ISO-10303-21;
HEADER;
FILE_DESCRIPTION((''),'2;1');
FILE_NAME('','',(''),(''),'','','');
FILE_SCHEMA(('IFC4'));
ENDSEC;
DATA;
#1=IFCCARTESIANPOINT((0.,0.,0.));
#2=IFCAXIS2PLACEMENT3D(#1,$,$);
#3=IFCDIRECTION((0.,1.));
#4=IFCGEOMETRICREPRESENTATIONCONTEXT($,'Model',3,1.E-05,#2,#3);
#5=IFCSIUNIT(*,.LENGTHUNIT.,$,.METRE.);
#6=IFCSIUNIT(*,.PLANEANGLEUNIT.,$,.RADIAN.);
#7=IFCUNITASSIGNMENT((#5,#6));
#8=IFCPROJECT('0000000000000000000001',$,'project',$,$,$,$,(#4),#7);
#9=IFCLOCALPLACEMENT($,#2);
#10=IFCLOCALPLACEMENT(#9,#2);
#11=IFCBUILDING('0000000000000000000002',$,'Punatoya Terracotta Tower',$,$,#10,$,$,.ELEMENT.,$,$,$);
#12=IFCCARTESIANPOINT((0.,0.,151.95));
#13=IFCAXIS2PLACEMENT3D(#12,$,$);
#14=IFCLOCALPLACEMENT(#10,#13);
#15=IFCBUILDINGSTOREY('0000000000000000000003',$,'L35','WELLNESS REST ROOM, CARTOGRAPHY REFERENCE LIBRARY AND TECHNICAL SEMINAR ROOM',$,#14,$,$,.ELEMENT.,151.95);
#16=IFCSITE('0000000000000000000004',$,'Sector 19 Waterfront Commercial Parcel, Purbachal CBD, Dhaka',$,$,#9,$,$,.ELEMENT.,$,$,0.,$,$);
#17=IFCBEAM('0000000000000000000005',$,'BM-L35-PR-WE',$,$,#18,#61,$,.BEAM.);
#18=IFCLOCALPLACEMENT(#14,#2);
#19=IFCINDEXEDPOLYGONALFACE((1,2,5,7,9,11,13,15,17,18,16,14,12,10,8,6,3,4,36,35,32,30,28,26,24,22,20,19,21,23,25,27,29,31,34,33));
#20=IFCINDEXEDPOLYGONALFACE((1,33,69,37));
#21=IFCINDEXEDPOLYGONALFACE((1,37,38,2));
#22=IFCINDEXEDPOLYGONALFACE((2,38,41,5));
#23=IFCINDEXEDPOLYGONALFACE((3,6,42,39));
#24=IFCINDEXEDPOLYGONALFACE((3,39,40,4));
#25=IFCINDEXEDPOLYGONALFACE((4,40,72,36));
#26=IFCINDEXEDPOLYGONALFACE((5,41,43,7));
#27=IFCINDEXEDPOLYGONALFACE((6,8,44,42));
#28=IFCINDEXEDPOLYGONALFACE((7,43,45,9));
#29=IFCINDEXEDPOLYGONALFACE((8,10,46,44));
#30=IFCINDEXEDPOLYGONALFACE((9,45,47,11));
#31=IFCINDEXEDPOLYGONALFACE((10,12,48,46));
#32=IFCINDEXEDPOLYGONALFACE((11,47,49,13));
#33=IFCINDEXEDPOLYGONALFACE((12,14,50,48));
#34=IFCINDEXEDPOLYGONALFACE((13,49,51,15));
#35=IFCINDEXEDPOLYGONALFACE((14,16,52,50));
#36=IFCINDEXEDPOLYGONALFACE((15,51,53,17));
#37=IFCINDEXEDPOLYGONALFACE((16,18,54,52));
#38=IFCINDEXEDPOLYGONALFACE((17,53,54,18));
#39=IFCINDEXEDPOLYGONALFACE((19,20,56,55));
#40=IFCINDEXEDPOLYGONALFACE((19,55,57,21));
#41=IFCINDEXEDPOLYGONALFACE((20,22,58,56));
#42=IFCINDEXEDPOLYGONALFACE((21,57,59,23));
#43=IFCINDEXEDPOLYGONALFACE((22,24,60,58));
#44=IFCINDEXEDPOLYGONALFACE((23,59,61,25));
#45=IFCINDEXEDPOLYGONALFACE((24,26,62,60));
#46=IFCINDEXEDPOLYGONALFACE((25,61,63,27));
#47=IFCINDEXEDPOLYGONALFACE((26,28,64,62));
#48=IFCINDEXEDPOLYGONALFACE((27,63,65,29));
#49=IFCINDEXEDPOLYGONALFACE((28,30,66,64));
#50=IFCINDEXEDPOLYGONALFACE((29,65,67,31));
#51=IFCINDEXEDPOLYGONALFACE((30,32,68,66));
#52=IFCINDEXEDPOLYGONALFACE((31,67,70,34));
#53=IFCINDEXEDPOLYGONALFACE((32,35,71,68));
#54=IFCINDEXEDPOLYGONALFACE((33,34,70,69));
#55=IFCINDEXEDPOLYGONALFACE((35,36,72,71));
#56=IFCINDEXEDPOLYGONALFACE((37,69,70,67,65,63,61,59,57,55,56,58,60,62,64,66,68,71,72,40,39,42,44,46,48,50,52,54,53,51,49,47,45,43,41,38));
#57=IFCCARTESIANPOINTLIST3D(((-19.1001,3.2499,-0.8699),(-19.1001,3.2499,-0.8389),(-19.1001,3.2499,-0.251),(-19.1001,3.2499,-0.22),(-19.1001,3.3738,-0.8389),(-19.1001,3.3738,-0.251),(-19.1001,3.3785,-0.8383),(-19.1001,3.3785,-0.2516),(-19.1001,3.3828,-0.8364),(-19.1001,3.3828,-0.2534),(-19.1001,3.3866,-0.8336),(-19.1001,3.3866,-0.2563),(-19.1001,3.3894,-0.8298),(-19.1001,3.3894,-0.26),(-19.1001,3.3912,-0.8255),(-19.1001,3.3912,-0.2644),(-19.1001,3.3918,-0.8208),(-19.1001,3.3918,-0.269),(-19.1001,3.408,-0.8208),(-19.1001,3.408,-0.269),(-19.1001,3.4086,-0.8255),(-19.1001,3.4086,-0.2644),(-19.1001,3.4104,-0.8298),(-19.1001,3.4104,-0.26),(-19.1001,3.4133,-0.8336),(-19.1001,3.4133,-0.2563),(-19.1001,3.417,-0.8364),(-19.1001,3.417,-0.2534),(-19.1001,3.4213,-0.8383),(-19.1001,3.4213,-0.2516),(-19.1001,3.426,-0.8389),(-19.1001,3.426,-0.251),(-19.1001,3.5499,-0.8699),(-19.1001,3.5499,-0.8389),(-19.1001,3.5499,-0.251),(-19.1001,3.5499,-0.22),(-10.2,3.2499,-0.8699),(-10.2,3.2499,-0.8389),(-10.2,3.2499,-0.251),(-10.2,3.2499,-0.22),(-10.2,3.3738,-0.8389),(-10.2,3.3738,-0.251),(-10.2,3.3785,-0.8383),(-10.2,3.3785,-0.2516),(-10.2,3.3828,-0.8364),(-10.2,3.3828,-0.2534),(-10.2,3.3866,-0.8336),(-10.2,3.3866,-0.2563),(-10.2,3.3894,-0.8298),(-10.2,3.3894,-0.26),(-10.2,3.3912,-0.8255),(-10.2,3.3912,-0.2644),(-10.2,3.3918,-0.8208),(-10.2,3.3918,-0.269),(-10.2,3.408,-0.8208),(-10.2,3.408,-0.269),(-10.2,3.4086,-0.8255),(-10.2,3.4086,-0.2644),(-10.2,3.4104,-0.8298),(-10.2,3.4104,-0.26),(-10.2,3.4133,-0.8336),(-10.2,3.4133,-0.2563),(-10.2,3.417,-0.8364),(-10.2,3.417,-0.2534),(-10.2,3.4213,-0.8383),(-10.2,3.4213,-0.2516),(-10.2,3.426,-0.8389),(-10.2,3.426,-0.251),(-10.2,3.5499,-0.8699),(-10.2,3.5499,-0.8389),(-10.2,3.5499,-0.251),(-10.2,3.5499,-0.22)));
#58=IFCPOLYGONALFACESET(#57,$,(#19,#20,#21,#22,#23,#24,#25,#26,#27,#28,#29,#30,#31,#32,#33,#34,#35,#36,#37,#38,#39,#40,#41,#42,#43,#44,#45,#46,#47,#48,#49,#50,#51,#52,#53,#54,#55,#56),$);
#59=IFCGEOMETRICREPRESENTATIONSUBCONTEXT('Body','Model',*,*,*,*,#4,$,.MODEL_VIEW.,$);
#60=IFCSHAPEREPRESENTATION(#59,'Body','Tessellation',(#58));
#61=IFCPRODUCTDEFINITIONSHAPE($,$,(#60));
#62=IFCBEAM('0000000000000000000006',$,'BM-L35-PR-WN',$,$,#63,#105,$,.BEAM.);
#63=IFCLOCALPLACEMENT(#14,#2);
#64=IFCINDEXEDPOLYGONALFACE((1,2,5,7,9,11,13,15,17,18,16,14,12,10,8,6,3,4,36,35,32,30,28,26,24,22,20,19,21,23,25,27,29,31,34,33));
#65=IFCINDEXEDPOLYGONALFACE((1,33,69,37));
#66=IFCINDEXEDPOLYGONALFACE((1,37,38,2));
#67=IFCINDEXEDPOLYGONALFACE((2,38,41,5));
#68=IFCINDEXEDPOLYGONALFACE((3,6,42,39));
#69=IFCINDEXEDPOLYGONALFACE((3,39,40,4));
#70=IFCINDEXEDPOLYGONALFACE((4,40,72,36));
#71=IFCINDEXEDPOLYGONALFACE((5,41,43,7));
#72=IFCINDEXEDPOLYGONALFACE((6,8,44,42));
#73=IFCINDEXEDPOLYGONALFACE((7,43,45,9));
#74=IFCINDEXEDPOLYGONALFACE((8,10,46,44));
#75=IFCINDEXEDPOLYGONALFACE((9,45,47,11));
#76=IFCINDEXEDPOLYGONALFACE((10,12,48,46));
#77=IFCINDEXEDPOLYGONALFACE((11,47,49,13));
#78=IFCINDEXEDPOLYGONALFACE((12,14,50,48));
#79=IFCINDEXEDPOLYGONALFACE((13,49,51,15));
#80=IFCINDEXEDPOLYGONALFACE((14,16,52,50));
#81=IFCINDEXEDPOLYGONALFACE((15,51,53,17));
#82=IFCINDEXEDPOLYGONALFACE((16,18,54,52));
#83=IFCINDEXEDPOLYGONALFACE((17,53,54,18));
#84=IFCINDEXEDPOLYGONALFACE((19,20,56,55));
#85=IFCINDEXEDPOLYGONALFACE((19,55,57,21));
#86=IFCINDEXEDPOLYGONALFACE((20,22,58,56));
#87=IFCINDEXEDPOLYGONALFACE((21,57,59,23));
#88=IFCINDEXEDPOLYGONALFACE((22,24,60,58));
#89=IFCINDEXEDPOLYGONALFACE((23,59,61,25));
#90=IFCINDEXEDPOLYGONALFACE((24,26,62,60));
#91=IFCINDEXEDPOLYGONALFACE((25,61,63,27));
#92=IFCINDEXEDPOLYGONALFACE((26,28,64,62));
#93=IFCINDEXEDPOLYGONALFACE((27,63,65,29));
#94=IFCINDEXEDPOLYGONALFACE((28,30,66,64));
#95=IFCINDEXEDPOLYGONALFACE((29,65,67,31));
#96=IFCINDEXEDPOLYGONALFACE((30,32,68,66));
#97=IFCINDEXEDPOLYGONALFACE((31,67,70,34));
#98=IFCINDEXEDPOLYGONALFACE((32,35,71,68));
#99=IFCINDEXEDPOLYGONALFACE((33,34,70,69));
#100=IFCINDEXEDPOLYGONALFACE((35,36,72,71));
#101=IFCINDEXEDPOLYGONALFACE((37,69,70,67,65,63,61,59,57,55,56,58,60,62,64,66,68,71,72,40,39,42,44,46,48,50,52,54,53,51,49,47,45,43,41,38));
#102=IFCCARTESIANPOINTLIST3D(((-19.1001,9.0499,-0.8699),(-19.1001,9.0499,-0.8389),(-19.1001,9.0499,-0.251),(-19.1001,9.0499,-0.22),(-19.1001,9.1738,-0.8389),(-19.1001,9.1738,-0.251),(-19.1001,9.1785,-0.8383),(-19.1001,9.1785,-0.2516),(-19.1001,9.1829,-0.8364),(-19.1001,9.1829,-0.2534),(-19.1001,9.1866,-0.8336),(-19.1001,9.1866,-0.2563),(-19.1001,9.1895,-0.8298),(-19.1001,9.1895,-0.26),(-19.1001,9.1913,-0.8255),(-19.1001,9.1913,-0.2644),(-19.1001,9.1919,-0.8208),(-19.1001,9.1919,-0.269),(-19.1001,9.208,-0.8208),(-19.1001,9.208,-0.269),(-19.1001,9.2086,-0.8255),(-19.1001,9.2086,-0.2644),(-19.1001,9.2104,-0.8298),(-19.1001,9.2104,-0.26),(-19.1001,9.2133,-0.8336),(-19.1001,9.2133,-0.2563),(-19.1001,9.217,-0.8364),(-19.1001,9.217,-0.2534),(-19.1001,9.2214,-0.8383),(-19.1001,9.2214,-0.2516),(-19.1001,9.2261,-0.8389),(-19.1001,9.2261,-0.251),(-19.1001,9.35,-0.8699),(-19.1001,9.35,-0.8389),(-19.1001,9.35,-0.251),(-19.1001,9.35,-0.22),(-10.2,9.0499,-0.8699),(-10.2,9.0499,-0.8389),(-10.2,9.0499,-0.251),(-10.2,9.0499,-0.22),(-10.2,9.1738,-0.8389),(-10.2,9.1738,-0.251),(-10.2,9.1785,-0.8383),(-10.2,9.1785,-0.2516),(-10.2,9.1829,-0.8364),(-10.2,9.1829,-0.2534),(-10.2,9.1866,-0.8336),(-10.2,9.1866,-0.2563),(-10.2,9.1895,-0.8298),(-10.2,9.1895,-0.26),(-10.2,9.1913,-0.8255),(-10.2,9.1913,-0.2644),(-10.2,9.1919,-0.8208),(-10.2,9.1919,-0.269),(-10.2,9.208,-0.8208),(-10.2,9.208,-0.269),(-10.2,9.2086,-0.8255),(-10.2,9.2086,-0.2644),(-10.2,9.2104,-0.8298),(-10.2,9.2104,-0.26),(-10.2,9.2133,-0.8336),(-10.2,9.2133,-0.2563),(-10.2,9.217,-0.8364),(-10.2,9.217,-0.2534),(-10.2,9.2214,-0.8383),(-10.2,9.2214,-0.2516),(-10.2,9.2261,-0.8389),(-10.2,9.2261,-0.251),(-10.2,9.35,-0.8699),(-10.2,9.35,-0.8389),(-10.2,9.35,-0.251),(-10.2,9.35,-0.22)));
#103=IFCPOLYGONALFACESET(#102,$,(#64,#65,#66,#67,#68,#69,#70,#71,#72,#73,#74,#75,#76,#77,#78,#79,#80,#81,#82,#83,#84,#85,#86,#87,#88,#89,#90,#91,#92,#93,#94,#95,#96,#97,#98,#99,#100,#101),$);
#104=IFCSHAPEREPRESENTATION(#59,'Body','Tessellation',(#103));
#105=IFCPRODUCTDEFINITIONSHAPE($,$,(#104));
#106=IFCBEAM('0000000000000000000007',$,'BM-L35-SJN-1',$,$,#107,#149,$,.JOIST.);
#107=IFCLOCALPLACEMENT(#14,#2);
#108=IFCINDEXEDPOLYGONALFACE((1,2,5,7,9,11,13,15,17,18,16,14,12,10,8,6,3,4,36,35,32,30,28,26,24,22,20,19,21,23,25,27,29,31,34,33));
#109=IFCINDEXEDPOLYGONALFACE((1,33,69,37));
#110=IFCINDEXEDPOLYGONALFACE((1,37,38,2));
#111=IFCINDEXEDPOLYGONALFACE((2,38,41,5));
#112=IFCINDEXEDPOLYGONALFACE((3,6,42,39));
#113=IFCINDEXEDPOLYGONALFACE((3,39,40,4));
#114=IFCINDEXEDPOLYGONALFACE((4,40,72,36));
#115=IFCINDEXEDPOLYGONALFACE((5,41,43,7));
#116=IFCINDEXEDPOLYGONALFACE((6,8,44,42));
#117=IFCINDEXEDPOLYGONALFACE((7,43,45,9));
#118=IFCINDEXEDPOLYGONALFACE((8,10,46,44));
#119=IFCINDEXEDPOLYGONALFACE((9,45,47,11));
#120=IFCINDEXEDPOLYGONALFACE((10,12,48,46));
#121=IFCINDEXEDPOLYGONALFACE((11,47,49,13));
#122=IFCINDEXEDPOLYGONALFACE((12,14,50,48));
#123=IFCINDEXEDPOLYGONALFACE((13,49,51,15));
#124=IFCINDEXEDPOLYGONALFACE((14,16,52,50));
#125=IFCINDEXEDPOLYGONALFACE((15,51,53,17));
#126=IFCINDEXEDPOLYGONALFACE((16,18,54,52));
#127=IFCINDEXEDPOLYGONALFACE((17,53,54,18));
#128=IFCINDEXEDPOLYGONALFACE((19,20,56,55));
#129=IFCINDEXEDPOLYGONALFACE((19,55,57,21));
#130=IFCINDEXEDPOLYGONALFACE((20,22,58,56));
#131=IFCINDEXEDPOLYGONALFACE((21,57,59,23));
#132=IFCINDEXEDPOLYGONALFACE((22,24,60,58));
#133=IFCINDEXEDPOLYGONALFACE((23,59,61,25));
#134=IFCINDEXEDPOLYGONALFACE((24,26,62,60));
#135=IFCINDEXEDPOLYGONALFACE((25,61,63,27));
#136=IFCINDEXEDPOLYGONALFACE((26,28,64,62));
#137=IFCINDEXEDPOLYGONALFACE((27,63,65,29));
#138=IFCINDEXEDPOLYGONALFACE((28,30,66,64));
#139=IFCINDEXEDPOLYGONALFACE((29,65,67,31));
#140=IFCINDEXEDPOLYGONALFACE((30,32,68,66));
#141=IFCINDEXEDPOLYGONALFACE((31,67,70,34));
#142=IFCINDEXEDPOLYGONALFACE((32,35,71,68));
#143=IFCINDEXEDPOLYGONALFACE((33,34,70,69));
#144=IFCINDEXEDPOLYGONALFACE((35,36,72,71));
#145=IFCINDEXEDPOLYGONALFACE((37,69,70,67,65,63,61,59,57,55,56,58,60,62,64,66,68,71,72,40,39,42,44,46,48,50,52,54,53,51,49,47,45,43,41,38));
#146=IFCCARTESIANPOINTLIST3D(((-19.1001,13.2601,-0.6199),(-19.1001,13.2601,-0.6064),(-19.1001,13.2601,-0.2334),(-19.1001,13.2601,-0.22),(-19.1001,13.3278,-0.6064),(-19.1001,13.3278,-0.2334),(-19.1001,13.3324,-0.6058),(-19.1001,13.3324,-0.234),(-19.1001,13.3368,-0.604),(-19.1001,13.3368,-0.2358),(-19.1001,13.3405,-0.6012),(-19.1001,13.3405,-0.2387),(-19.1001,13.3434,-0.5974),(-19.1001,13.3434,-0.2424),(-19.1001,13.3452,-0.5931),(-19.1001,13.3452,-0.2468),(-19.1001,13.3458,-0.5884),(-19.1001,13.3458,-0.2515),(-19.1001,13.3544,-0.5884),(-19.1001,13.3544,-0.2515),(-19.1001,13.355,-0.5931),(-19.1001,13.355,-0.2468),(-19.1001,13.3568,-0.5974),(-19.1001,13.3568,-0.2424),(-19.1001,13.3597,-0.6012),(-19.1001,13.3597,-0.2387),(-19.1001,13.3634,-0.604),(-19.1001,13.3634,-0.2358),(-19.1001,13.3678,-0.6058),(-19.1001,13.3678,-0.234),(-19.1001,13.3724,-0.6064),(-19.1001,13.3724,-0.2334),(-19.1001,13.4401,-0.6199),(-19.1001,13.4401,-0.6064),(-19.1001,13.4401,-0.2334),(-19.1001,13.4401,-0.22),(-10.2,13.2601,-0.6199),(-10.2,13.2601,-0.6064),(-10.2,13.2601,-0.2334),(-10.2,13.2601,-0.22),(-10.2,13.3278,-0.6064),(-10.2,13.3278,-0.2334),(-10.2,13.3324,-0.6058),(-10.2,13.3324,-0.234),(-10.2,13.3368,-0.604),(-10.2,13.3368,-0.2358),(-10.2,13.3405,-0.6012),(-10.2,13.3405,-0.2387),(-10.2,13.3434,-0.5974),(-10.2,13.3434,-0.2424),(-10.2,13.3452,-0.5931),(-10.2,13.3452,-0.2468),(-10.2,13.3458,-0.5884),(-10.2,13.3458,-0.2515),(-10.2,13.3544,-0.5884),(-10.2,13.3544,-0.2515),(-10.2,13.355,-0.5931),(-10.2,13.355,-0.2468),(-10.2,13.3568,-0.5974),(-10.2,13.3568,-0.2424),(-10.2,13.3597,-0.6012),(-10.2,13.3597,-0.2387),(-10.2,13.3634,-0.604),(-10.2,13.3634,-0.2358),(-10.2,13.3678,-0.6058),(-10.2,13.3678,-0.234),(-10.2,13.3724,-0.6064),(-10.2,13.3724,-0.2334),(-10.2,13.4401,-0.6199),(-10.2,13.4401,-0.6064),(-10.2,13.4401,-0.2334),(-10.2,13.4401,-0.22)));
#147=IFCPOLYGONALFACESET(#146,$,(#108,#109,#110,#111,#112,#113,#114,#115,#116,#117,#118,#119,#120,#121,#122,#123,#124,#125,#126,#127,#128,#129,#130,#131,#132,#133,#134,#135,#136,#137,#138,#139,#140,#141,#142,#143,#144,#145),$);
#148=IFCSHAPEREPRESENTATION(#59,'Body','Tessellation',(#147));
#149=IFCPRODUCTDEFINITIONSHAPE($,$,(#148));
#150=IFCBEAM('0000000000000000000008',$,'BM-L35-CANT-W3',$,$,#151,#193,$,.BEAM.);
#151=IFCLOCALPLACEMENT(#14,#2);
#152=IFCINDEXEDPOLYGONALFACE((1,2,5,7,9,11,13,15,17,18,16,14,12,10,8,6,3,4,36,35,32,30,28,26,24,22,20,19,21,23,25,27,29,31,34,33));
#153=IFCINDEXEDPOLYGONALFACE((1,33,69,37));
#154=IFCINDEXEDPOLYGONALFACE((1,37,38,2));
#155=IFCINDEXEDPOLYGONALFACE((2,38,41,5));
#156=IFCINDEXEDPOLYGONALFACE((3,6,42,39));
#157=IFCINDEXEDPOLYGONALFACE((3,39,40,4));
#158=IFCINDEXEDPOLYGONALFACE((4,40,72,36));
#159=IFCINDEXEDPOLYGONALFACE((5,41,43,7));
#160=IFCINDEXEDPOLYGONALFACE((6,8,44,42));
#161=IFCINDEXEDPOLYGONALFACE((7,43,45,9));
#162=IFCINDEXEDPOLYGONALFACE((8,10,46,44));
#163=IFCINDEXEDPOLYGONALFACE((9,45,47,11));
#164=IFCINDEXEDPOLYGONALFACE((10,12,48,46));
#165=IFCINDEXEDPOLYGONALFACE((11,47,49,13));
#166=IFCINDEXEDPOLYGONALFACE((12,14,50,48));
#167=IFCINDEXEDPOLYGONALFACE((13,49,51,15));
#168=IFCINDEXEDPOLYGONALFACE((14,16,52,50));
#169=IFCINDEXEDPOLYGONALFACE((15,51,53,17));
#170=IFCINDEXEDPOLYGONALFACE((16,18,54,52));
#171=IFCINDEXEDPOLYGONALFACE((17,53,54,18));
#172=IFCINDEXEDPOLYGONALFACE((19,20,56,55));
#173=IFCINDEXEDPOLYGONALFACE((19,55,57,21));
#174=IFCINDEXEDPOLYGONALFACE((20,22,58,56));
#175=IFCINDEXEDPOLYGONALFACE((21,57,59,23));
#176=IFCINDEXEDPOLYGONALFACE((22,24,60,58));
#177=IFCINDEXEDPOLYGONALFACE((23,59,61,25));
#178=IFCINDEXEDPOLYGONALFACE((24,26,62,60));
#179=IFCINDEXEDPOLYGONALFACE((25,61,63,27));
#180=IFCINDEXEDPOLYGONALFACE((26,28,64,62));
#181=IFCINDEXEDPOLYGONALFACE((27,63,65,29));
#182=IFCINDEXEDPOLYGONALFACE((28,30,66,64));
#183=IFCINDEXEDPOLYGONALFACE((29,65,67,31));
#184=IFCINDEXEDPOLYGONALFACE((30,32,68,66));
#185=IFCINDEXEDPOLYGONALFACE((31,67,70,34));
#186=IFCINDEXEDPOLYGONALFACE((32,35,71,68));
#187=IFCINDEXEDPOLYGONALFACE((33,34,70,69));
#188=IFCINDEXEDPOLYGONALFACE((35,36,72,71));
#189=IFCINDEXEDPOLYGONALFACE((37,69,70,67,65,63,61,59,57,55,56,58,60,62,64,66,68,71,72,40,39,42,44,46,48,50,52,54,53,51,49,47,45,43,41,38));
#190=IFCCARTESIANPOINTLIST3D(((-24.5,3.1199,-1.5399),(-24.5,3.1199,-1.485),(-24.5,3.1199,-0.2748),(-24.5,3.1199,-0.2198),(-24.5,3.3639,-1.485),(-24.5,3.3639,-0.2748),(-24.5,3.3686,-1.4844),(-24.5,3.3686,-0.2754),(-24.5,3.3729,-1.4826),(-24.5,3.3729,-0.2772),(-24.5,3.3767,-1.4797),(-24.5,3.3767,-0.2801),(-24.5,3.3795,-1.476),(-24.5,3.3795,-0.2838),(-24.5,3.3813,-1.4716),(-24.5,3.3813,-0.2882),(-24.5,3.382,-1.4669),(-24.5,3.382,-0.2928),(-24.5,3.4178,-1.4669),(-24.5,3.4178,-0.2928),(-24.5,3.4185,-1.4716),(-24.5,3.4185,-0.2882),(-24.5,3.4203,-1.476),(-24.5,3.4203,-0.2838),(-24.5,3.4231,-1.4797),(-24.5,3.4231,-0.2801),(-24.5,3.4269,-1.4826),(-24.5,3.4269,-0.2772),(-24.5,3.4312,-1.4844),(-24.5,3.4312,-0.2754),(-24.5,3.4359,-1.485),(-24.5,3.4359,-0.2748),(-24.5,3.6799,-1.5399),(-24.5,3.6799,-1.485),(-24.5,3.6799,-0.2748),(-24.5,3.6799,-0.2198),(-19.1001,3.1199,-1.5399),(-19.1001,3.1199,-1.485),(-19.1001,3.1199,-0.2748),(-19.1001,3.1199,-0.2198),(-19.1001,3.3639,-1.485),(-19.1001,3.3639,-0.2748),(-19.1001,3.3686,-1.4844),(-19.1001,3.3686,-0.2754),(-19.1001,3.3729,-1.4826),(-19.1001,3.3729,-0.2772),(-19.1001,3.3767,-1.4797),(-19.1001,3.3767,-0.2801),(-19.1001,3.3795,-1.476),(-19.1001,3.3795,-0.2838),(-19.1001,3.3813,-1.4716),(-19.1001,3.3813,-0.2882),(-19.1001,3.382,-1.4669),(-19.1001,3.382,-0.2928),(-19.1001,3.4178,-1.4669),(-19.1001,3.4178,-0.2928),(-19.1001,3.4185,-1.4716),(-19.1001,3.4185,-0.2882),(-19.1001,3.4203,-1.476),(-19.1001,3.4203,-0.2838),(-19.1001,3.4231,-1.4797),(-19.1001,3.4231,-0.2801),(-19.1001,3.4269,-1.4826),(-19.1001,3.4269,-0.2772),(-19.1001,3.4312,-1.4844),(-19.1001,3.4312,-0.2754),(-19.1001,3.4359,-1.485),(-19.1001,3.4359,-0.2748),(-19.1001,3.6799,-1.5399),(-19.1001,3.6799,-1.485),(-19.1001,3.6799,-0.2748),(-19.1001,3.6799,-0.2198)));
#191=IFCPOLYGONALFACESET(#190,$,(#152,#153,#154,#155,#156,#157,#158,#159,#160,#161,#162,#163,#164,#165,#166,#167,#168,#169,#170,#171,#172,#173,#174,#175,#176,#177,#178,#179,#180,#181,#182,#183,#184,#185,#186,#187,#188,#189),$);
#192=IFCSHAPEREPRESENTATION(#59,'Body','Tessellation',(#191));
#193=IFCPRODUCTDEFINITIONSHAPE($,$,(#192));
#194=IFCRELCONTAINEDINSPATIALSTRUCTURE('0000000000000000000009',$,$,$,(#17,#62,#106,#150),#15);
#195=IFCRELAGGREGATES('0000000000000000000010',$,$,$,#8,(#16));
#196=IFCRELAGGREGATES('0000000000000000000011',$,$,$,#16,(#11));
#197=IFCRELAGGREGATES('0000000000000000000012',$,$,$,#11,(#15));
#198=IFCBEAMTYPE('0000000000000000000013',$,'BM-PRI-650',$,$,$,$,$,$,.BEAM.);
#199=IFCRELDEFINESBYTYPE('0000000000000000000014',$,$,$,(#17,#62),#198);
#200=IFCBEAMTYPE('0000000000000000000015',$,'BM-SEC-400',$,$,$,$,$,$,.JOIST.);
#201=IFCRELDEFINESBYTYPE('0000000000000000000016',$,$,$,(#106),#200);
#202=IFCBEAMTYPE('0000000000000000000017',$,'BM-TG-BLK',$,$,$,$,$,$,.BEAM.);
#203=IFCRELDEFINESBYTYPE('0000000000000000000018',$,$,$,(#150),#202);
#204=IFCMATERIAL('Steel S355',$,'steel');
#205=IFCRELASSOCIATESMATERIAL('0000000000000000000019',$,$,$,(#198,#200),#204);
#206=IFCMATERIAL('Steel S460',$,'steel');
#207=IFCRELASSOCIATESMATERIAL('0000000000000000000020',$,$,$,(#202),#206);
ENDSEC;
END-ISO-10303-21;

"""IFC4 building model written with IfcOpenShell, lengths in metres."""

from ifc_helpers import new_model, si_unit, direction, frame, origin, origin_2d, place, context, subcontext, project, spatial, i_section, extrude, material, material_profile, profile_set, type_object, element, save


model = new_model("IFC4")

# Units and contexts
model_context = context("Model", 3, precision=1e-05, world=origin(), true_north=direction((0.0, 1.0)))
body_context = subcontext(model_context, "Body", "Model", "MODEL_VIEW")
ifc_project = project(units=[si_unit("LENGTHUNIT", "METRE"), si_unit("PLANEANGLEUNIT", "RADIAN")], contexts=[model_context])

# Site, building, storey
site_placement = place(None, origin())
site = spatial("IfcSite", under=ifc_project, at=site_placement, Name="Sector 19 Waterfront Commercial Parcel, Purbachal CBD, Dhaka", CompositionType="ELEMENT", RefElevation=0.0)
building_placement = place(site_placement, origin())
building = spatial("IfcBuilding", under=site, at=building_placement, Name="Punatoya Terracotta Tower", CompositionType="ELEMENT")
storey_placement = place(building_placement, frame((0.0, 0.0, 151.95)))
storey = spatial("IfcBuildingStorey", under=building, at=storey_placement, Name="L35", Description="WELLNESS REST ROOM, CARTOGRAPHY REFERENCE LIBRARY AND TECHNICAL SEMINAR ROOM", CompositionType="ELEMENT", Elevation=151.95)

# Shared definitions
ifc_material_1 = material(Name="Steel S460", Category="steel")

# Beams
ifc_material_2 = material(Name="Steel S355", Category="steel")
ifc_material_profile_1 = material_profile(ifc_material_2, i_section(OverallWidth=0.3, OverallDepth=0.6499, WebThickness=0.0161, FlangeThickness=0.031, FilletRadius=0.0181, at=origin_2d()))
ifc_profile_set_1 = profile_set([ifc_material_profile_1], Name="Steel S355")
beam_type_1 = type_object("IfcBeamType", Name="BM-PRI-650", PredefinedType="BEAM", material=ifc_profile_set_1)
for number, where, z_axis, x_axis, name in (
    (1, (-19.1001, 3.3999, -0.5449), (1.0, 0.0, 0.0), (0.0, 1.0, 0.0), "BM-L35-PR-WE"),
    (2, (-19.1001, 9.2, -0.5449), (1.0, 0.0, 0.0), (0.0, 1.0, 0.0), "BM-L35-PR-WN"),
):
    element("IfcBeam", number, at=place(storey_placement, frame(where, z_axis=z_axis, x_axis=x_axis)), inside=storey, type_object=beam_type_1, Name=name, PredefinedType="BEAM", context=body_context, shape_type="SweptSolid", body=[
        extrude(i_section(OverallWidth=0.3, OverallDepth=0.6499, WebThickness=0.0161, FlangeThickness=0.031, FilletRadius=0.0181, at=origin_2d()), origin(), (0.0, 0.0, 1.0), 8.9001),
    ])
ifc_material_profile_2 = material_profile(ifc_material_2, i_section(OverallWidth=0.1799, OverallDepth=0.3999, WebThickness=0.0085, FlangeThickness=0.0134, FilletRadius=0.0181, at=origin_2d()))
ifc_profile_set_2 = profile_set([ifc_material_profile_2], Name="Steel S355")
beam_type_2 = type_object("IfcBeamType", Name="BM-SEC-400", PredefinedType="JOIST", material=ifc_profile_set_2)
beam_1_placement = place(storey_placement, frame((-19.1001, 13.3501, -0.4199), z_axis=(1.0, 0.0, 0.0), x_axis=(0.0, 1.0, 0.0)))
element("IfcBeam", 3, at=beam_1_placement, inside=storey, type_object=beam_type_2, Name="BM-L35-SJN-1", PredefinedType="JOIST", context=body_context, shape_type="SweptSolid", body=[
    extrude(i_section(OverallWidth=0.1799, OverallDepth=0.3999, WebThickness=0.0085, FlangeThickness=0.0134, FilletRadius=0.0181, at=origin_2d()), origin(), (0.0, 0.0, 1.0), 8.9001),
])
ifc_material_profile_3 = material_profile(ifc_material_1, i_section(OverallWidth=0.5601, OverallDepth=1.3201, WebThickness=0.0359, FlangeThickness=0.0549, FilletRadius=0.0181, at=origin_2d()))
ifc_profile_set_3 = profile_set([ifc_material_profile_3], Name="Steel S460")
beam_type_3 = type_object("IfcBeamType", Name="BM-TG-BLK", PredefinedType="BEAM", material=ifc_profile_set_3)
for number, where, z_axis, x_axis, name in (
    (4, (-24.5, 3.3999, -0.8799), (1.0, 0.0, 0.0), (0.0, 1.0, 0.0), "BM-L35-CANT-W3"),
):
    element("IfcBeam", number, at=place(storey_placement, frame(where, z_axis=z_axis, x_axis=x_axis)), inside=storey, type_object=beam_type_3, Name=name, PredefinedType="BEAM", context=body_context, shape_type="SweptSolid", body=[
        extrude(i_section(OverallWidth=0.5601, OverallDepth=1.3201, WebThickness=0.0359, FlangeThickness=0.0549, FilletRadius=0.0181, at=origin_2d()), origin(), (0.0, 0.0, 1.0), 5.3999),
    ])

save(model, "model.ifc")
